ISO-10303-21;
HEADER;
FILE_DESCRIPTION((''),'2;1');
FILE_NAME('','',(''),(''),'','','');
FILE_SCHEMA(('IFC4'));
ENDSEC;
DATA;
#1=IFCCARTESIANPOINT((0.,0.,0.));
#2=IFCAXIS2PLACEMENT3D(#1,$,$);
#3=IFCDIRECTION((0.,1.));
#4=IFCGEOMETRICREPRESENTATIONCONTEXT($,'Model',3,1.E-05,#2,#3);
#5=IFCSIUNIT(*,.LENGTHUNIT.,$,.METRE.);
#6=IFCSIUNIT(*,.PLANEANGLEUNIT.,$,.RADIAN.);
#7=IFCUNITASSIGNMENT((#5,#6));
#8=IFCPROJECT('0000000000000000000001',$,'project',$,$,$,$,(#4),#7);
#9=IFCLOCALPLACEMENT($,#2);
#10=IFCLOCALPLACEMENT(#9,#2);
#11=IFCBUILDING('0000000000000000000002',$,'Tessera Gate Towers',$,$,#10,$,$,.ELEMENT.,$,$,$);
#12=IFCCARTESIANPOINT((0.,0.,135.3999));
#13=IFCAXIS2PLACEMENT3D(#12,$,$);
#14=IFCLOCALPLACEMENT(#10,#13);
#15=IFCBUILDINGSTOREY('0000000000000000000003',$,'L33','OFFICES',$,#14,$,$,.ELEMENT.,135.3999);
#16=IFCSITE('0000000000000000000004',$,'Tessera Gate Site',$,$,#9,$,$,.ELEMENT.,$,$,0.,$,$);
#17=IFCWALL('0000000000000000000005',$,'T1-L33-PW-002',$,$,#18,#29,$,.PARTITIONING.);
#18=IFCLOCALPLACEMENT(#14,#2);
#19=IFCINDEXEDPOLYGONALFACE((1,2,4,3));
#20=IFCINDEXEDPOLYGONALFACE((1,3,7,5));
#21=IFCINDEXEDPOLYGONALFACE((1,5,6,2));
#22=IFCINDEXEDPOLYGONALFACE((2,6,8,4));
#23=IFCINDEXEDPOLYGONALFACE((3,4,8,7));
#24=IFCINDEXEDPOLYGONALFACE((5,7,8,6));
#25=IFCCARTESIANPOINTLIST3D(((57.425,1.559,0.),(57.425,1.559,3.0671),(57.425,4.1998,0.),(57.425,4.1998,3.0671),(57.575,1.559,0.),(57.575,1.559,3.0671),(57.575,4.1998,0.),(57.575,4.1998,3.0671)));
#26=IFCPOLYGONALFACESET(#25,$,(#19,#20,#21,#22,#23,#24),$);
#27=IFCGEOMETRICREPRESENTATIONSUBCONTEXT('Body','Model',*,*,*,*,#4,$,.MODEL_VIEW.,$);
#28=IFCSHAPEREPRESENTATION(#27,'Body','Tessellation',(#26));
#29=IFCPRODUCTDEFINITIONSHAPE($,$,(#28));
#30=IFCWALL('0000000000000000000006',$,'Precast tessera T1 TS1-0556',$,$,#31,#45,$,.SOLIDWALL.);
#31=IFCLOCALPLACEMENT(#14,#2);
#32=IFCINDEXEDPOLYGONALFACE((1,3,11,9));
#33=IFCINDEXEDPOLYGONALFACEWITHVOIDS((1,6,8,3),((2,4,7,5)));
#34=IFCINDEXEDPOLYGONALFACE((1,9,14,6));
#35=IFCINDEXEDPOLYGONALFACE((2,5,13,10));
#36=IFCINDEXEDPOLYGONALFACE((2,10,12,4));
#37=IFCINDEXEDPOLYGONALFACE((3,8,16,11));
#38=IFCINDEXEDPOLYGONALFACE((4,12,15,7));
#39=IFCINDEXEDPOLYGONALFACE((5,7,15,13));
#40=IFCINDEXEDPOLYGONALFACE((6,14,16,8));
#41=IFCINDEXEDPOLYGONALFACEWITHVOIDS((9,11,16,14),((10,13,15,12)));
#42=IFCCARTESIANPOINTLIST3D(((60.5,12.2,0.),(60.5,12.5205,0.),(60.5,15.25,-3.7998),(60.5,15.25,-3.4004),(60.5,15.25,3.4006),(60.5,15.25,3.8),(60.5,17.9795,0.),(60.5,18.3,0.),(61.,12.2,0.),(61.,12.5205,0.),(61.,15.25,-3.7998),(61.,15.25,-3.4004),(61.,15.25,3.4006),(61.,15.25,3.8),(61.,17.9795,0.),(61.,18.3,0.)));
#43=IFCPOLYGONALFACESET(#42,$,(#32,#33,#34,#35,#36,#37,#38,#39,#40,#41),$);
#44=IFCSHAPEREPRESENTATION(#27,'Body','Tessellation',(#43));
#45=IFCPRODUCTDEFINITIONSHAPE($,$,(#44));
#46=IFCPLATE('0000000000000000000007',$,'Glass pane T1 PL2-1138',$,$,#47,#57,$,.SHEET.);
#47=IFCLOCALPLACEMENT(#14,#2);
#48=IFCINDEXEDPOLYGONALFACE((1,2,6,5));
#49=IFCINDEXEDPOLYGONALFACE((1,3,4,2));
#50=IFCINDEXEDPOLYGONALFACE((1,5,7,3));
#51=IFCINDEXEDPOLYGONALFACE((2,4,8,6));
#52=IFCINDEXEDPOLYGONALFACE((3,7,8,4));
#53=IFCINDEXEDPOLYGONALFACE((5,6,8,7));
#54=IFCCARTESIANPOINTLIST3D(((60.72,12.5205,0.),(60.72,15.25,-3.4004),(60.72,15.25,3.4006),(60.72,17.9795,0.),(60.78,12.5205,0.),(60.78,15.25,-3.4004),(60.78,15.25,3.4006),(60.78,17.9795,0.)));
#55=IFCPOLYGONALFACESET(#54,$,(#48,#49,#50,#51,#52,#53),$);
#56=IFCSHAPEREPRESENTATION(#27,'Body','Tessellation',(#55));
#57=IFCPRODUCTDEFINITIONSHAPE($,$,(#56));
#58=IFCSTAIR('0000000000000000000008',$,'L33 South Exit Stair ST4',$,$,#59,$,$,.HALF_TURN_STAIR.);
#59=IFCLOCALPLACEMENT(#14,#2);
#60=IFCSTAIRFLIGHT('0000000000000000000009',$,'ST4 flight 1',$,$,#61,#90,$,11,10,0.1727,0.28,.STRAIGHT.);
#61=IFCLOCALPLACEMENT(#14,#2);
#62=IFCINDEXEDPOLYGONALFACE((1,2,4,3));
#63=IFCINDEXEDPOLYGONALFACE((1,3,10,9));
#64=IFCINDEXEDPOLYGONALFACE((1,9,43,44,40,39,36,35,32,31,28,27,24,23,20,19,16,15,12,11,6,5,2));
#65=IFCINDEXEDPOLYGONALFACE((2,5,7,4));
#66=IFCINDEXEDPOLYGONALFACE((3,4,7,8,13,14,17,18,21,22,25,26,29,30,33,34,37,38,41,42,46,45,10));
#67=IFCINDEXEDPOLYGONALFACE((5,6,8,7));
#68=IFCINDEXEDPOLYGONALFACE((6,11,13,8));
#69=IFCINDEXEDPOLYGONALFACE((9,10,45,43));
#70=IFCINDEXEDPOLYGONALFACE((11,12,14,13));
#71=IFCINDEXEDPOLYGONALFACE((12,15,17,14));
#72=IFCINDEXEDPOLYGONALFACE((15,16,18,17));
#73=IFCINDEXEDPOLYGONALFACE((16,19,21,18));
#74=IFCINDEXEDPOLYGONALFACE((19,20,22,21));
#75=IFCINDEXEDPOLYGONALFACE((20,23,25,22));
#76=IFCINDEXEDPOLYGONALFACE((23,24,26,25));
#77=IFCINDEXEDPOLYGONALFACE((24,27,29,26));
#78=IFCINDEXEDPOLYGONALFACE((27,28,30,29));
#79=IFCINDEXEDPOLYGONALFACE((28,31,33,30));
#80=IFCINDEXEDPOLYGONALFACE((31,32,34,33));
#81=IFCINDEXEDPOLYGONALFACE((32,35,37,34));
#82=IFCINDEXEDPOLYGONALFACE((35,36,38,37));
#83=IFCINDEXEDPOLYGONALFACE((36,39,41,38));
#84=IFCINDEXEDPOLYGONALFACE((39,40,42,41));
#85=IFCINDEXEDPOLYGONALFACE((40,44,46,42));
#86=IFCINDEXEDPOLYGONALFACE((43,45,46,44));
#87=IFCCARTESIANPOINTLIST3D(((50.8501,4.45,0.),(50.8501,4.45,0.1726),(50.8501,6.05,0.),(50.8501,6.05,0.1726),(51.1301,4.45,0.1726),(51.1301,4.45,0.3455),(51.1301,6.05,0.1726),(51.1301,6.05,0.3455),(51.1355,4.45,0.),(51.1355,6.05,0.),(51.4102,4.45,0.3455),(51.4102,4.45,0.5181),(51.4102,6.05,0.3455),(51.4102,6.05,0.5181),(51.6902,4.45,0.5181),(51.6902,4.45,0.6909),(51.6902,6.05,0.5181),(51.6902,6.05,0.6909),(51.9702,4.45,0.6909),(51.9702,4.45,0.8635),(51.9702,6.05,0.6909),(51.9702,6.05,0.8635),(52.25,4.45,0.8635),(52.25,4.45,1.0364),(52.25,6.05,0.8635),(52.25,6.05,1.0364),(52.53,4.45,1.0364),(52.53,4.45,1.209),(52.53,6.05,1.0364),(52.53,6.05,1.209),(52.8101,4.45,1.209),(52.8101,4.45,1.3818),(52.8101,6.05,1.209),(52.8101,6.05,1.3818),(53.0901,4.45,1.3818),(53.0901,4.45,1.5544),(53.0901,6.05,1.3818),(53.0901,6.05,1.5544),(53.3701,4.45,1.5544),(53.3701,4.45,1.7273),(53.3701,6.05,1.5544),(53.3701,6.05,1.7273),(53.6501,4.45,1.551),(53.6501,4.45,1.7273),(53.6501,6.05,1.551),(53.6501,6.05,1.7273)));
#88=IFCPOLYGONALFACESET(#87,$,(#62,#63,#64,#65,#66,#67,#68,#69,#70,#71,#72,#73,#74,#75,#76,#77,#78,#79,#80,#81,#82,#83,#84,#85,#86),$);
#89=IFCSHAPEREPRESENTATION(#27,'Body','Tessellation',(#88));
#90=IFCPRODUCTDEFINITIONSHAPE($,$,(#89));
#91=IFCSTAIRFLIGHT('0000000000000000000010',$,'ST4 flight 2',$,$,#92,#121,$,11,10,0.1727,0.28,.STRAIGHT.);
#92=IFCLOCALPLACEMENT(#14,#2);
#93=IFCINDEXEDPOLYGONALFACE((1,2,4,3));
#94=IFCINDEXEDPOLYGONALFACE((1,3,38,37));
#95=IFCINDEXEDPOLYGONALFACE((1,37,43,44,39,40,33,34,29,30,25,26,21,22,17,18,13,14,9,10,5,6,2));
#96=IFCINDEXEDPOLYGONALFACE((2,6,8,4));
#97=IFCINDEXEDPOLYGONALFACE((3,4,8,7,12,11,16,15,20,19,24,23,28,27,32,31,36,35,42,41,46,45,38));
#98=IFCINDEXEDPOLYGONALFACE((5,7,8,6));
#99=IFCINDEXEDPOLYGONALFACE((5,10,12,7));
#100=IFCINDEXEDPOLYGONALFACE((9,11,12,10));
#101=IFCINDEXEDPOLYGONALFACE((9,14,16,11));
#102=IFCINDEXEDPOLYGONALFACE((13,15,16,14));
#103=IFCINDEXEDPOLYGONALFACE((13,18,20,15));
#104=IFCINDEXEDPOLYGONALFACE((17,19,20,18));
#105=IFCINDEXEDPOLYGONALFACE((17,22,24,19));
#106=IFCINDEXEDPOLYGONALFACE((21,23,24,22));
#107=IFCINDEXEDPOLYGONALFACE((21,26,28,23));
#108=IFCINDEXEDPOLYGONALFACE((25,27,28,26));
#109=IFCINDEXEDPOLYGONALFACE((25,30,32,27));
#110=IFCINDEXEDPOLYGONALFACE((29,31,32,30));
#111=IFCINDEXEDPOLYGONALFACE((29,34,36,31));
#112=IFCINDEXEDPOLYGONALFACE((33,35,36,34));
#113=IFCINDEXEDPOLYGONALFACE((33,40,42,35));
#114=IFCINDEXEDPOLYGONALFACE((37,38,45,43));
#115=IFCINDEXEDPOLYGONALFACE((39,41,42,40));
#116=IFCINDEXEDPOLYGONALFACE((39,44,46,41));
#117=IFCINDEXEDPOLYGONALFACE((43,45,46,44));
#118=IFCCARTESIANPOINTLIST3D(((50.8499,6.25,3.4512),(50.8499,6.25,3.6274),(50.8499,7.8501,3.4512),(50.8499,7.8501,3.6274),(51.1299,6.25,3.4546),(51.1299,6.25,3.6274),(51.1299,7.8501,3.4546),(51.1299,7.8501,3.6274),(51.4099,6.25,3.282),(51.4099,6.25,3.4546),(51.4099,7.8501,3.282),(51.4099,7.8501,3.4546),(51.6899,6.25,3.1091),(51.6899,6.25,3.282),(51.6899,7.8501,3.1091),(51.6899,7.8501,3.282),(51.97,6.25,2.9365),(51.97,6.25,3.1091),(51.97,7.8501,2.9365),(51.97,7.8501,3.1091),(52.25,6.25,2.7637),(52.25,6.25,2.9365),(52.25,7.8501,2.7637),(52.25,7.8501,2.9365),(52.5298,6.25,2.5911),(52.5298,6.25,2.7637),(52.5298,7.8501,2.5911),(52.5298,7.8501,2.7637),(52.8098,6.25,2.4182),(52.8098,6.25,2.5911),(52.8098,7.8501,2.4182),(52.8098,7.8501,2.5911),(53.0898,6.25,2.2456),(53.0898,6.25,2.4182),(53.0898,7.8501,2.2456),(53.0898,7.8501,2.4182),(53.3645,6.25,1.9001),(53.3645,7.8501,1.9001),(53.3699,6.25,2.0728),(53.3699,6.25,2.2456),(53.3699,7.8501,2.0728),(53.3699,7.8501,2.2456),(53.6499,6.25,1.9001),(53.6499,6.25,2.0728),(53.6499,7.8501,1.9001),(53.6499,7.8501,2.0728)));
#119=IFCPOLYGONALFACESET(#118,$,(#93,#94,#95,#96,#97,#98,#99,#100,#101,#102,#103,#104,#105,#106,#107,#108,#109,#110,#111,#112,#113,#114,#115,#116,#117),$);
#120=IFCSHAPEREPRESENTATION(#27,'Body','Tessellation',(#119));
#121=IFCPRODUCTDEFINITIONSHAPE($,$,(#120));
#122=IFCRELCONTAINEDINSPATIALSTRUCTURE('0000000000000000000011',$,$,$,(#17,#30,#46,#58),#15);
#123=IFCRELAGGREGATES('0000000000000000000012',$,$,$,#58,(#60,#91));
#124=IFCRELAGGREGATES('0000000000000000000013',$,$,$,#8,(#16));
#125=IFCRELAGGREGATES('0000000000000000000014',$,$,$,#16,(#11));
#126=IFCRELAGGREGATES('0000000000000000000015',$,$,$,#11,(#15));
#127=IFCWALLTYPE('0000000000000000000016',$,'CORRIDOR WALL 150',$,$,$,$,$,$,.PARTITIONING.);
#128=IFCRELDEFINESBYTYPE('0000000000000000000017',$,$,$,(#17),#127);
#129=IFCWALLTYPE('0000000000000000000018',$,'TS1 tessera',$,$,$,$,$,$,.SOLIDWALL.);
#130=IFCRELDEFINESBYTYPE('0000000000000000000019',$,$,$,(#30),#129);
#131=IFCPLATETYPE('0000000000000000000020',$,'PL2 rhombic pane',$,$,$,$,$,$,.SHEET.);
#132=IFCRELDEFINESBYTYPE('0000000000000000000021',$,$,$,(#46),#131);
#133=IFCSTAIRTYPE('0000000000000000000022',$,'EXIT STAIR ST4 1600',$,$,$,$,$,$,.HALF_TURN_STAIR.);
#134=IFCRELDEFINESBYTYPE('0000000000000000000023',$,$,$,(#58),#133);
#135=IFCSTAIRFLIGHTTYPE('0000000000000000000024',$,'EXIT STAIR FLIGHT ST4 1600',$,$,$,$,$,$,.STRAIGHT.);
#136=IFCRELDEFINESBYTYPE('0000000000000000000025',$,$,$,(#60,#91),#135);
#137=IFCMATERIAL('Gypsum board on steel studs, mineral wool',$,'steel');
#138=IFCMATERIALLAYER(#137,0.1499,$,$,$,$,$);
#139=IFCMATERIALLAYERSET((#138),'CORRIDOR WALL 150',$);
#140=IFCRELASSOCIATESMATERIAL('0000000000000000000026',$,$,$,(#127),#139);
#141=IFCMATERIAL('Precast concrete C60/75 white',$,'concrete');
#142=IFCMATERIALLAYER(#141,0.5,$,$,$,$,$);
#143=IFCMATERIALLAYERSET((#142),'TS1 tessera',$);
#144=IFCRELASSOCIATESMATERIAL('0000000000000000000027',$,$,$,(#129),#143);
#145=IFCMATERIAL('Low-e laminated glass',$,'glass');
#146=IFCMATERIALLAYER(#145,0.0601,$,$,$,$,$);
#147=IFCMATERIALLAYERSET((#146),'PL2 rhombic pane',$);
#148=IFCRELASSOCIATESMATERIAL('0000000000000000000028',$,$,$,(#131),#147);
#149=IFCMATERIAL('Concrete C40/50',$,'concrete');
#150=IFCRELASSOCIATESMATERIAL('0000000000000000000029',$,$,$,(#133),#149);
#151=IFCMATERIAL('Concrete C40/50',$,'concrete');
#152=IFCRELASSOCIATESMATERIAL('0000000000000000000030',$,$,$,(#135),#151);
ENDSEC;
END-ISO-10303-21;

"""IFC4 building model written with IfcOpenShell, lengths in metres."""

from ifc_helpers import new_model, si_unit, direction, frame, frame_2d, origin, place, context, subcontext, project, spatial, polyline, rectangle, outline, extrude, source, transform, mapped, material, layer, layer_set, type_object, element, fill, aggregate, save


model = new_model("IFC4")

# Units and contexts
model_context = context("Model", 3, precision=1e-05, world=origin(), true_north=direction((0.0, 1.0)))
body_context = subcontext(model_context, "Body", "Model", "MODEL_VIEW")
ifc_project = project(units=[si_unit("LENGTHUNIT", "METRE"), si_unit("PLANEANGLEUNIT", "RADIAN")], contexts=[model_context])

# Site, building, storey
site_placement = place(None, origin())
site = spatial("IfcSite", under=ifc_project, at=site_placement, Name="Tessera Gate Site", CompositionType="ELEMENT", RefElevation=0.0)
building_placement = place(site_placement, origin())
building = spatial("IfcBuilding", under=site, at=building_placement, Name="Tessera Gate Towers", CompositionType="ELEMENT")
storey_placement = place(building_placement, frame((0.0, 0.0, 135.3999)))
storey = spatial("IfcBuildingStorey", under=building, at=storey_placement, Name="L33", Description="OFFICES", CompositionType="ELEMENT", Elevation=135.3999)

# Wall
ifc_material_1 = material(Name="Gypsum board on steel studs, mineral wool", Category="steel")
ifc_layer_1 = layer(ifc_material_1, 0.1499)
ifc_layer_set_1 = layer_set([ifc_layer_1], Name="CORRIDOR WALL 150")
wall_type_1 = type_object("IfcWallType", Name="CORRIDOR WALL 150", PredefinedType="PARTITIONING", material=ifc_layer_set_1)
wall_1_placement = place(storey_placement, frame((57.5, 1.5591, 0.0), z_axis=(0.0, 0.0, 1.0), x_axis=(0.0, 1.0, 0.0)))
element("IfcWall", 1, at=wall_1_placement, inside=storey, type_object=wall_type_1, Name="T1-L33-PW-002", PredefinedType="PARTITIONING", context=body_context, shape_type="SweptSolid", body=[
    extrude(rectangle(XDim=2.6409, YDim=0.1499, at=frame_2d((1.3203, 0.0))), origin(), (0.0, 0.0, 1.0), 3.0671),
])

# Wall, opening, plate
ifc_material_2 = material(Name="Precast concrete C60/75 white", Category="concrete")
ifc_layer_2 = layer(ifc_material_2, 0.5)
ifc_layer_set_2 = layer_set([ifc_layer_2], Name="TS1 tessera")
wall_type_2 = type_object("IfcWallType", Name="TS1 tessera", PredefinedType="SOLIDWALL", material=ifc_layer_set_2)
shared_shape_1 = source(origin(), body_context, "Body", "SweptSolid", [
    extrude(outline(polyline([(3.05, 0.0), (6.1001, 3.7998), (3.05, 7.5999), (0.0, 3.7998), (3.05, 0.0)])), frame((0.0, 0.25, 0.0), z_axis=(0.0, -1.0, 0.0), x_axis=(1.0, 0.0, 0.0)), (0.0, 0.0, 1.0), 0.5),
])
wall_2_placement = place(storey_placement, frame((60.75, 12.2, -3.7998), z_axis=(0.0, 0.0, 1.0), x_axis=(0.0, 1.0, 0.0)))
wall_2 = element("IfcWall", 2, at=wall_2_placement, inside=storey, type_object=wall_type_2, Name="Precast tessera T1 TS1-0556", PredefinedType="SOLIDWALL", context=body_context, shape_type="MappedRepresentation", body=[
    mapped(shared_shape_1, transform((0.0, 0.0, 0.0), scale=1.0)),
])
shared_shape_2 = source(origin(), body_context, "Body", "SweptSolid", [
    extrude(outline(polyline([(3.05, 0.3994), (5.7795, 3.7998), (3.05, 7.2004), (0.3206, 3.7998), (3.05, 0.3994)])), frame((0.0, 0.26, 0.0), z_axis=(0.0, -1.0, 0.0), x_axis=(1.0, 0.0, 0.0)), (0.0, 0.0, 1.0), 0.52),
])
opening_1_placement = place(wall_2_placement, origin())
opening_1 = element("IfcOpeningElement", 3, at=opening_1_placement, cuts=wall_2, PredefinedType="OPENING", context=body_context, shape_type="MappedRepresentation", body=[
    mapped(shared_shape_2, transform((0.0, 0.0, 0.0), scale=1.0)),
])
ifc_material_3 = material(Name="Low-e laminated glass", Category="glass")
ifc_layer_3 = layer(ifc_material_3, 0.0601)
ifc_layer_set_3 = layer_set([ifc_layer_3], Name="PL2 rhombic pane")
plate_type = type_object("IfcPlateType", Name="PL2 rhombic pane", PredefinedType="SHEET", material=ifc_layer_set_3)
shared_shape_3 = source(origin(), body_context, "Body", "SweptSolid", [
    extrude(outline(polyline([(3.05, 0.3994), (5.7795, 3.7998), (3.05, 7.2004), (0.3206, 3.7998), (3.05, 0.3994)])), frame((0.0, 0.03, 0.0), z_axis=(0.0, -1.0, 0.0), x_axis=(1.0, 0.0, 0.0)), (0.0, 0.0, 1.0), 0.0601),
])
plate_placement = place(opening_1_placement, origin())
plate = element("IfcPlate", 4, at=plate_placement, inside=storey, type_object=plate_type, Name="Glass pane T1 PL2-1138", PredefinedType="SHEET", context=body_context, shape_type="MappedRepresentation", body=[
    mapped(shared_shape_3, transform((0.0, 0.0, 0.0), scale=1.0)),
])
fill(opening_1, plate)

# Stair, stair flights
ifc_material_4 = material(Name="Concrete C40/50", Category="concrete")
stair_type = type_object("IfcStairType", Name="EXIT STAIR ST4 1600", PredefinedType="HALF_TURN_STAIR", material=ifc_material_4)
stair_placement = place(storey_placement, origin())
stair = element("IfcStair", 5, at=stair_placement, inside=storey, type_object=stair_type, Name="L33 South Exit Stair ST4", PredefinedType="HALF_TURN_STAIR")
ifc_material_5 = material(Name="Concrete C40/50", Category="concrete")
stair_flight_type = type_object("IfcStairFlightType", Name="EXIT STAIR FLIGHT ST4 1600", PredefinedType="STRAIGHT", material=ifc_material_5)
stair_flight_1_placement = place(storey_placement, frame((50.8501, 5.25, 0.0), z_axis=(0.0, 0.0, 1.0), x_axis=(1.0, 0.0, 0.0)))
stair_flight_1 = element("IfcStairFlight", 6, at=stair_flight_1_placement, type_object=stair_flight_type, Name="ST4 flight 1", NumberOfRisers=11, NumberOfTreads=10, PredefinedType="STRAIGHT", RiserHeight=0.1727, TreadLength=0.28, context=body_context, shape_type="SweptSolid", body=[
    extrude(outline(polyline([(0.0, 0.0), (0.0, 0.1726), (0.28, 0.1726), (0.28, 0.3455), (0.5601, 0.3455), (0.5601, 0.5181), (0.8401, 0.5181), (0.8401, 0.6909), (1.1201, 0.6909), (1.1201, 0.8635), (1.3999, 0.8635), (1.3999, 1.0364), (1.6799, 1.0364), (1.6799, 1.209), (1.96, 1.209), (1.96, 1.3818), (2.24, 1.3818), (2.24, 1.5544), (2.52, 1.5544), (2.52, 1.7273), (2.8, 1.7273), (2.8, 1.8999), (2.8, 1.551), (0.2854, 0.0), (0.0, 0.0)])), frame((0.0, 0.8, 0.0), z_axis=(0.0, -1.0, 0.0), x_axis=(1.0, 0.0, 0.0)), (0.0, 0.0, 1.0), 1.6001),
])
stair_flight_2_placement = place(storey_placement, frame((53.6499, 7.05, 1.9001), z_axis=(0.0, 0.0, 1.0), x_axis=(-1.0, 0.0, 0.0)))
stair_flight_2 = element("IfcStairFlight", 7, at=stair_flight_2_placement, type_object=stair_flight_type, Name="ST4 flight 2", NumberOfRisers=11, NumberOfTreads=10, PredefinedType="STRAIGHT", RiserHeight=0.1727, TreadLength=0.28, context=body_context, shape_type="SweptSolid", body=[
    extrude(outline(polyline([(0.0, 0.0), (0.0, 0.1726), (0.28, 0.1726), (0.28, 0.3455), (0.5601, 0.3455), (0.5601, 0.5181), (0.8401, 0.5181), (0.8401, 0.6909), (1.1201, 0.6909), (1.1201, 0.8635), (1.3999, 0.8635), (1.3999, 1.0364), (1.6799, 1.0364), (1.6799, 1.209), (1.96, 1.209), (1.96, 1.3818), (2.24, 1.3818), (2.24, 1.5544), (2.52, 1.5544), (2.52, 1.7273), (2.8, 1.7273), (2.8, 1.8999), (2.8, 1.551), (0.2854, 0.0), (0.0, 0.0)])), frame((0.0, 0.8, 0.0), z_axis=(0.0, -1.0, 0.0), x_axis=(1.0, 0.0, 0.0)), (0.0, 0.0, 1.0), 1.6001),
])
aggregate(stair, [stair_flight_1, stair_flight_2])

save(model, "model.ifc")
